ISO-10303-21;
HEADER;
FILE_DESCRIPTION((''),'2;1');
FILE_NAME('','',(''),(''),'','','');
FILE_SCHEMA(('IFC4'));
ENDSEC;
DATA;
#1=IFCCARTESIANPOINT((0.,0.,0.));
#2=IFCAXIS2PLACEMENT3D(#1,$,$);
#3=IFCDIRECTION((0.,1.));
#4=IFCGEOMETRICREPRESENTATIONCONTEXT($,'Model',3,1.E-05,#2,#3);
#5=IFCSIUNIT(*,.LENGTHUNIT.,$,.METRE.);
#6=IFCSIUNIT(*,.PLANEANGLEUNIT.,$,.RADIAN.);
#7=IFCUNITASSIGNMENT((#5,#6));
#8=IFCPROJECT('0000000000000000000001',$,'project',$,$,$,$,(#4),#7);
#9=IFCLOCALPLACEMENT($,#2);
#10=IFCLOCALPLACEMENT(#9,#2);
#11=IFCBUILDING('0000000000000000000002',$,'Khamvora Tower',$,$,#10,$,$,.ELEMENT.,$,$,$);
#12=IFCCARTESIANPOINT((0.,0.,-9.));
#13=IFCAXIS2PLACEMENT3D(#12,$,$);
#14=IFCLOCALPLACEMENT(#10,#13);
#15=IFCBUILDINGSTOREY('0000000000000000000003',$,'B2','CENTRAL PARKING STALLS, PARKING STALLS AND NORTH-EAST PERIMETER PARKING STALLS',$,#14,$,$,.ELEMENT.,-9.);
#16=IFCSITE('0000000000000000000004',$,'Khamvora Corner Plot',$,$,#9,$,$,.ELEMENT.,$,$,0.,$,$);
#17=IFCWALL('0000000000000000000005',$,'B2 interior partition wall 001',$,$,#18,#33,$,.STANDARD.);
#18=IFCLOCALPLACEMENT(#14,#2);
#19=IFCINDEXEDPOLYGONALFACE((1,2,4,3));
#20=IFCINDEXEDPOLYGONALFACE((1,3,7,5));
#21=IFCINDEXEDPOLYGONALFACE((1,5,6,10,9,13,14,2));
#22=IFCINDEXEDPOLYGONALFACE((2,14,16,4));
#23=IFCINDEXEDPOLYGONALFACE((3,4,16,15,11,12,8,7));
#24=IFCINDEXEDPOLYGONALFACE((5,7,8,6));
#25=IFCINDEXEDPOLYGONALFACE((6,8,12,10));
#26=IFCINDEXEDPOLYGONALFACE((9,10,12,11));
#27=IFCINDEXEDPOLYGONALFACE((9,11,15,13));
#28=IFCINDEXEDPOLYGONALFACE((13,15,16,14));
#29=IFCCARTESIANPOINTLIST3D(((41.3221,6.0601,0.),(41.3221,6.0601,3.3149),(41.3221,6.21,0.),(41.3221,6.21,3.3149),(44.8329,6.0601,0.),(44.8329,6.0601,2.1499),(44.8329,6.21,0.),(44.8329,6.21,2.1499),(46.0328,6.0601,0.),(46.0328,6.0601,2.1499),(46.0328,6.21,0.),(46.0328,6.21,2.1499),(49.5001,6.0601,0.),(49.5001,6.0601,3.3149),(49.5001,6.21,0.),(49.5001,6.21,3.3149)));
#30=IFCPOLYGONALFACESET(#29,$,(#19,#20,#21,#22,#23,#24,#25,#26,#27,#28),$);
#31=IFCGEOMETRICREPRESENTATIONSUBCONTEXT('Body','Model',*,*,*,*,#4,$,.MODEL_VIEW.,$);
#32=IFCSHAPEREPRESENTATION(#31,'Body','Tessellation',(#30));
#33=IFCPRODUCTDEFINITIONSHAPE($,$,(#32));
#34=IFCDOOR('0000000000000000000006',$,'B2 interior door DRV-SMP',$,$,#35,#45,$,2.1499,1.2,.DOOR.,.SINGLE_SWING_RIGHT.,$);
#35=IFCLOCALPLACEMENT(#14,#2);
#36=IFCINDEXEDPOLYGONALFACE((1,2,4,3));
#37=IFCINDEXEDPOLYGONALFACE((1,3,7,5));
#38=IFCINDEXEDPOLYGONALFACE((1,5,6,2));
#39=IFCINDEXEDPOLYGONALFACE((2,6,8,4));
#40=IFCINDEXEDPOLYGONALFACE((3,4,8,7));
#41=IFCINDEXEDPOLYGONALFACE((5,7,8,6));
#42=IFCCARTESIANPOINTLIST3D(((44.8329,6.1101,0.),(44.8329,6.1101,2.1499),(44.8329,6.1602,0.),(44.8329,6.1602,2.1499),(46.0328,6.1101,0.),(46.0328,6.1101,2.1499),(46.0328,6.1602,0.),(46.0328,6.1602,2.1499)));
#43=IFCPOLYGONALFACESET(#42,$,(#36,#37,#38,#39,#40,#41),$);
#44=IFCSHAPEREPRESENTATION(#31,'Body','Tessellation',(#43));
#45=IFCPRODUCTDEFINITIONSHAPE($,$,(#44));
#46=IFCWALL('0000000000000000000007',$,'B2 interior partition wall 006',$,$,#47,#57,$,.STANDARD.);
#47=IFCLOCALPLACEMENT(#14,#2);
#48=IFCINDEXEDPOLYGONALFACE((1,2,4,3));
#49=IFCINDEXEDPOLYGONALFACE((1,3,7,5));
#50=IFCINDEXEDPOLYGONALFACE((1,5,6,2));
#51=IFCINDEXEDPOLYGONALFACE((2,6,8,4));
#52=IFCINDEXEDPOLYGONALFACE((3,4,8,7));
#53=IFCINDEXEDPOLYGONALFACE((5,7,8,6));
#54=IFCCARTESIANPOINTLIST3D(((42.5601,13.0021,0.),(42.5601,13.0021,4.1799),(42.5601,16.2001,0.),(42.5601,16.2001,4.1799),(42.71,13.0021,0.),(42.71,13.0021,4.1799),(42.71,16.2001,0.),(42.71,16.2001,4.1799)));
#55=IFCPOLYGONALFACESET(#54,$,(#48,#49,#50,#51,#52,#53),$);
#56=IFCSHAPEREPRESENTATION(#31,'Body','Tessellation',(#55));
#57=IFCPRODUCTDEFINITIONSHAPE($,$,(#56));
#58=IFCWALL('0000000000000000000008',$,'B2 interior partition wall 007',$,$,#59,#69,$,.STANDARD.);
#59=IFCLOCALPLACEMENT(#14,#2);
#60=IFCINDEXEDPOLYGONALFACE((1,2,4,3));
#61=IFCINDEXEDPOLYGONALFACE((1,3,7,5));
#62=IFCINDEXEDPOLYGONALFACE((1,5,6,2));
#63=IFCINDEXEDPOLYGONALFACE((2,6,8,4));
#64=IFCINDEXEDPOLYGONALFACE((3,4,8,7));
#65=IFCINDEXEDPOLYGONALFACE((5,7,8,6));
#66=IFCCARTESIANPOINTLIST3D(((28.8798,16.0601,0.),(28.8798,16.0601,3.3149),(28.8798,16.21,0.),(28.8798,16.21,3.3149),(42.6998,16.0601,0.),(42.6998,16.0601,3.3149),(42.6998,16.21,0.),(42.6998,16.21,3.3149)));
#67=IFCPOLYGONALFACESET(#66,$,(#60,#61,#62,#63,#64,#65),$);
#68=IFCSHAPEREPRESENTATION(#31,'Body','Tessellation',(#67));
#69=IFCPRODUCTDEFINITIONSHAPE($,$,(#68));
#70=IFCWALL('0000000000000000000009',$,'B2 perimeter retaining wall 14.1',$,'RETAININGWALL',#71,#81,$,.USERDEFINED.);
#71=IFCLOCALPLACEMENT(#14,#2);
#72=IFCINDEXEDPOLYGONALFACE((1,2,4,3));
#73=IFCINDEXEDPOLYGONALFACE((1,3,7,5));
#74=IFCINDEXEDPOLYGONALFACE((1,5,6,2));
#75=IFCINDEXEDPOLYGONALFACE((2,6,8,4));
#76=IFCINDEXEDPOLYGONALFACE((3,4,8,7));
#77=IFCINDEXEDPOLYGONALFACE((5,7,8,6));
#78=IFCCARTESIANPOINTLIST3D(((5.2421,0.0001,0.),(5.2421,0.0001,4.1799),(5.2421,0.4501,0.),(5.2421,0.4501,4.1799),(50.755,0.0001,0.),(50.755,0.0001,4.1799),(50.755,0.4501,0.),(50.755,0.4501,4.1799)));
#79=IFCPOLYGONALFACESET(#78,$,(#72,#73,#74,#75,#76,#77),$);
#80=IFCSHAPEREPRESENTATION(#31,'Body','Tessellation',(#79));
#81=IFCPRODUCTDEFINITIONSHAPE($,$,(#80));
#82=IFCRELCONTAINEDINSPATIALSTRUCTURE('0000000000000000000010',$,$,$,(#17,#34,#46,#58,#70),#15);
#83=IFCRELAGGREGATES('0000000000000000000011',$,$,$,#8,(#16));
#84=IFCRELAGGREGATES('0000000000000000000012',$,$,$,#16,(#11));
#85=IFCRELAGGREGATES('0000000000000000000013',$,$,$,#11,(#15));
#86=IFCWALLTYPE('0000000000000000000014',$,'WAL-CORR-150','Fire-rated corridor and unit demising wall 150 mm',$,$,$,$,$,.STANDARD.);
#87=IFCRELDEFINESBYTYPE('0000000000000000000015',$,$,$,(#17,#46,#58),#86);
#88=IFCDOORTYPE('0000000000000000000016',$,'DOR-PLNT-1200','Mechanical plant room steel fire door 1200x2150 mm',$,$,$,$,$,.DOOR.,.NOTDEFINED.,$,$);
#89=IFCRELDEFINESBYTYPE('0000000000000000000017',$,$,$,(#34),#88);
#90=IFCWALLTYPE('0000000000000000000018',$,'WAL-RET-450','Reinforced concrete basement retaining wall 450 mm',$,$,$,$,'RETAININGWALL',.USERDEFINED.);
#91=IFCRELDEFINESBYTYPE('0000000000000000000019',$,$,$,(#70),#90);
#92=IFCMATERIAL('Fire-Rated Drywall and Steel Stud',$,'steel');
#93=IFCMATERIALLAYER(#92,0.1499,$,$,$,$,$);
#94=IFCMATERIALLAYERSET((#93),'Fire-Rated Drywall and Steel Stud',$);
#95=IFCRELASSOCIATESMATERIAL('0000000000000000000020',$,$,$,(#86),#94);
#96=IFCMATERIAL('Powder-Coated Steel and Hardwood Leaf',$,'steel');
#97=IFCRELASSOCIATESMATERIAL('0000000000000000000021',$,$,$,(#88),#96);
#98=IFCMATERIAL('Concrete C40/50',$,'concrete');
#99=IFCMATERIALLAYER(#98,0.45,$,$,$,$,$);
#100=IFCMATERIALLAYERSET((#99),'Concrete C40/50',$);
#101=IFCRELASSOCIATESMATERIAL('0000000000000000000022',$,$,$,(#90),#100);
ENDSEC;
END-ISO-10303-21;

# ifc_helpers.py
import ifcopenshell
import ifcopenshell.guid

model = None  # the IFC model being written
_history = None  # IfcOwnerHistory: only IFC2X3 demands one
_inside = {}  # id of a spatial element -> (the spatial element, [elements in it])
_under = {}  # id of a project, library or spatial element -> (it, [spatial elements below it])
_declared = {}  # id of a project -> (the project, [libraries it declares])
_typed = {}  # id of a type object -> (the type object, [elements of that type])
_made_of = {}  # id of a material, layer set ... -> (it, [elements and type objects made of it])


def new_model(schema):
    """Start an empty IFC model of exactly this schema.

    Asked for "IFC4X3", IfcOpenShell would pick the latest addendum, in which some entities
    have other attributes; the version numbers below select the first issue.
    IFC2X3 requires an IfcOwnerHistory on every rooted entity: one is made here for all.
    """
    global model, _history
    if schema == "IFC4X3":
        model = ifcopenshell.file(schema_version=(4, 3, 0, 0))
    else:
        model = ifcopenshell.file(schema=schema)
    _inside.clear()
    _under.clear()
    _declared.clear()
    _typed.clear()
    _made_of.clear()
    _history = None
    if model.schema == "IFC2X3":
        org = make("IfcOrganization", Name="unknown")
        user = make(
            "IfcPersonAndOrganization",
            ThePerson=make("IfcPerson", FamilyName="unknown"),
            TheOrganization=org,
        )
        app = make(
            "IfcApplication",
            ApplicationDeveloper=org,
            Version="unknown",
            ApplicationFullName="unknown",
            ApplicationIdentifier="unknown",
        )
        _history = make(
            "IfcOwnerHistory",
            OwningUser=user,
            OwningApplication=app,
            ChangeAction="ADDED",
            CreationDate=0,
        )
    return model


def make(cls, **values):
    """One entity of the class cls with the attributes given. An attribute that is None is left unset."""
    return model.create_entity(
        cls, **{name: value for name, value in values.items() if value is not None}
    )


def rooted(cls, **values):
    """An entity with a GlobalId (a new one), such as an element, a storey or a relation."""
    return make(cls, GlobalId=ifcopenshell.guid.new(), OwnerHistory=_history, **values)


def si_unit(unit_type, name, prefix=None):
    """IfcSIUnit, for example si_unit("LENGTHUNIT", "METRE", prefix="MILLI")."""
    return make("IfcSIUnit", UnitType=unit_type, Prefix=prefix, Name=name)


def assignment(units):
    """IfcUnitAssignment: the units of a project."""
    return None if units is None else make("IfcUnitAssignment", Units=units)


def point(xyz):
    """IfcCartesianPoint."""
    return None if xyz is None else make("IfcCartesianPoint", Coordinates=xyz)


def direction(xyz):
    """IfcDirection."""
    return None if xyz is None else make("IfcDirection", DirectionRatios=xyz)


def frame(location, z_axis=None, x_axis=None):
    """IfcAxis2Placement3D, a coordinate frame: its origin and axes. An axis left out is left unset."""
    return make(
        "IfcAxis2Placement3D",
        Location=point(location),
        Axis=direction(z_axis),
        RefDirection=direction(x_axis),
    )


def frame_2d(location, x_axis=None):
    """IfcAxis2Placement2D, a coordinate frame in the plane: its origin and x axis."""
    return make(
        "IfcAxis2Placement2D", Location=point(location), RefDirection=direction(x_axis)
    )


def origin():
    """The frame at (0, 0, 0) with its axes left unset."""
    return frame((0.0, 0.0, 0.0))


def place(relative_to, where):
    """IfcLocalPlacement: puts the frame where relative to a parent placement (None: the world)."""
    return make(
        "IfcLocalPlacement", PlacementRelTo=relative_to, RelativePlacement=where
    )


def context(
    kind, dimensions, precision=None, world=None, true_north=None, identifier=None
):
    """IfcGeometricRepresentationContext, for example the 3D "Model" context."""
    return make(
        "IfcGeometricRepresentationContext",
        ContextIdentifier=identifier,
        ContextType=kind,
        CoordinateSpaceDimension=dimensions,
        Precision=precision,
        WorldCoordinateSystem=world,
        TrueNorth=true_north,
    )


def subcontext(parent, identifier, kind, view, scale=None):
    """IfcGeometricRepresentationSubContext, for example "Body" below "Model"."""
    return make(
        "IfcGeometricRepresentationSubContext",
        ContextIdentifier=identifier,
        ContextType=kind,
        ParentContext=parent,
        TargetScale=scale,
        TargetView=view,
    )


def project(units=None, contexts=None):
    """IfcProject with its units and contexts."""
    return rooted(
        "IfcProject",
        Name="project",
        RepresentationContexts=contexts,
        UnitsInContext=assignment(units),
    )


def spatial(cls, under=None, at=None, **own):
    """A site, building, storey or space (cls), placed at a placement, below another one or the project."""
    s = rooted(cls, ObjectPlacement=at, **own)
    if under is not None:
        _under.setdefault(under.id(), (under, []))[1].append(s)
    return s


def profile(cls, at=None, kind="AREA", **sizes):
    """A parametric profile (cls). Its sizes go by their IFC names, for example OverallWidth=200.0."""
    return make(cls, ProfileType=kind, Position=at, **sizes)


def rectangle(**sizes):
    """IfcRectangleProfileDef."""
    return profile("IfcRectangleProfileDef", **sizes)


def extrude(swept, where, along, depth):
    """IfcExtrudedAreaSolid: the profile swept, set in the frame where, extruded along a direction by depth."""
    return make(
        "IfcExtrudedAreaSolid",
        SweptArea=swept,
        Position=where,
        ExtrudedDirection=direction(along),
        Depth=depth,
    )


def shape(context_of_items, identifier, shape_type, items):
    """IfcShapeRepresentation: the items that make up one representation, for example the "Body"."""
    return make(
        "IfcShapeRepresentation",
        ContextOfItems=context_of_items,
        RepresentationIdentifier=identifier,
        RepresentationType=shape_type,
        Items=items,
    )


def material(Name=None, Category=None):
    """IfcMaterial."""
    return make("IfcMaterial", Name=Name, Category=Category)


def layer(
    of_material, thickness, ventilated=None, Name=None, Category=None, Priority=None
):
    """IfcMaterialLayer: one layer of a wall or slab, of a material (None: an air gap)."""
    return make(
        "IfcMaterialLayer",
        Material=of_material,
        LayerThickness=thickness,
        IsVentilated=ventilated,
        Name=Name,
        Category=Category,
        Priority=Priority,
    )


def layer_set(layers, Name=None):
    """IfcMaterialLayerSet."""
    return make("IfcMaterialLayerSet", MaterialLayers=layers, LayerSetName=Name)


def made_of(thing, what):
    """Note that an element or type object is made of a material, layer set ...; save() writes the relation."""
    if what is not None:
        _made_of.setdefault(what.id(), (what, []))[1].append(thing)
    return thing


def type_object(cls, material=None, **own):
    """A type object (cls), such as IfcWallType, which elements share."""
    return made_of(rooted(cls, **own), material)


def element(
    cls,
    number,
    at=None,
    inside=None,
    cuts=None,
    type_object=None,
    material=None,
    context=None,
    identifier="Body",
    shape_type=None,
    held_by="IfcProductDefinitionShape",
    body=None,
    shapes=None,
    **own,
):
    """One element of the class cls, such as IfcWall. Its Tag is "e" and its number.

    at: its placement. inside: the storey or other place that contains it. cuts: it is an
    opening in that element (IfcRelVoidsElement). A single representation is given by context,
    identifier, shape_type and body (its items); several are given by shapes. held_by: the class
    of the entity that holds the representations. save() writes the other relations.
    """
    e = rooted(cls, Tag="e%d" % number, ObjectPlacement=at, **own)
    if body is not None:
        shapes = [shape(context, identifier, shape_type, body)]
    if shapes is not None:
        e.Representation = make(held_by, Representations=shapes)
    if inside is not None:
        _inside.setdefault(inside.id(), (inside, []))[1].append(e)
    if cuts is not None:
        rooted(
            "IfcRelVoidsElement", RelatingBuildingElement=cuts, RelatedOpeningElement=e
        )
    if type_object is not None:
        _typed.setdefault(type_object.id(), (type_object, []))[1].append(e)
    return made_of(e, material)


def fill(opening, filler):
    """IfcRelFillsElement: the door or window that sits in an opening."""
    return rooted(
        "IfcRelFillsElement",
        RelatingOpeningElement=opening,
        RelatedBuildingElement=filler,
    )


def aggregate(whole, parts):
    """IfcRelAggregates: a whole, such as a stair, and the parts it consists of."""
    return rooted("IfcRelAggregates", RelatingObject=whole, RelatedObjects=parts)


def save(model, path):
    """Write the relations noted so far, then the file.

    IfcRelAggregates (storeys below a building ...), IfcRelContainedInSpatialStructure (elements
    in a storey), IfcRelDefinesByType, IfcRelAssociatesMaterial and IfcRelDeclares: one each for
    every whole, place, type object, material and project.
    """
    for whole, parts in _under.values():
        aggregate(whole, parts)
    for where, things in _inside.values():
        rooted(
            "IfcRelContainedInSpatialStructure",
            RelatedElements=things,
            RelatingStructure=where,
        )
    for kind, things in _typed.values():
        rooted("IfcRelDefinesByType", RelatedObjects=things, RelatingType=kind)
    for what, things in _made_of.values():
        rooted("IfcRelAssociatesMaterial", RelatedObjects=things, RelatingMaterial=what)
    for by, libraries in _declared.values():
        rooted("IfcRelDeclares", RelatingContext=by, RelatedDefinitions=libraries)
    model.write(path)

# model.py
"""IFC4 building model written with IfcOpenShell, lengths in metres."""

from ifc_helpers import new_model, si_unit, direction, frame, frame_2d, origin, place, context, subcontext, project, spatial, rectangle, extrude, material, layer, layer_set, type_object, element, fill, save


model = new_model("IFC4")

# Units and contexts
model_context = context("Model", 3, precision=1e-05, world=origin(), true_north=direction((0.0, 1.0)))
body_context = subcontext(model_context, "Body", "Model", "MODEL_VIEW")
ifc_project = project(units=[si_unit("LENGTHUNIT", "METRE"), si_unit("PLANEANGLEUNIT", "RADIAN")], contexts=[model_context])

# Site, building, storey
site_placement = place(None, origin())
site = spatial("IfcSite", under=ifc_project, at=site_placement, Name="Khamvora Corner Plot", CompositionType="ELEMENT", RefElevation=0.0)
building_placement = place(site_placement, origin())
building = spatial("IfcBuilding", under=site, at=building_placement, Name="Khamvora Tower", CompositionType="ELEMENT")
storey_placement = place(building_placement, frame((0.0, 0.0, -9.0)))
storey = spatial("IfcBuildingStorey", under=building, at=storey_placement, Name="B2", Description="CENTRAL PARKING STALLS, PARKING STALLS AND NORTH-EAST PERIMETER PARKING STALLS", CompositionType="ELEMENT", Elevation=-9.0)

# Shared definitions
ifc_material_1 = material(Name="Concrete C40/50", Category="concrete")

# Wall, opening, door
ifc_material_2 = material(Name="Fire-Rated Drywall and Steel Stud", Category="steel")
ifc_layer_1 = layer(ifc_material_2, 0.1499)
ifc_layer_set_1 = layer_set([ifc_layer_1], Name="Fire-Rated Drywall and Steel Stud")
wall_type_1 = type_object("IfcWallType", Name="WAL-CORR-150", Description="Fire-rated corridor and unit demising wall 150 mm", PredefinedType="STANDARD", material=ifc_layer_set_1)
wall_1_placement = place(storey_placement, frame((49.5, 6.135, 0.0), z_axis=(0.0, 0.0, 1.0), x_axis=(-1.0, 0.0, 0.0)))
wall_1 = element("IfcWall", 1, at=wall_1_placement, inside=storey, type_object=wall_type_1, Name="B2 interior partition wall 001", PredefinedType="STANDARD", context=body_context, shape_type="SweptSolid", body=[
    extrude(rectangle(XDim=8.178, YDim=0.1499, at=frame_2d((4.0889, 0.0))), origin(), (0.0, 0.0, 1.0), 3.3149),
])
opening_placement = place(wall_1_placement, frame((3.467, 0.0, 0.0)))
opening = element("IfcOpeningElement", 2, at=opening_placement, cuts=wall_1, PredefinedType="OPENING", context=body_context, shape_type="SweptSolid", body=[
    extrude(rectangle(XDim=1.2, YDim=2.1499, at=frame_2d((0.6001, 1.075))), frame((0.0, 0.085, 0.0), z_axis=(0.0, -1.0, 0.0), x_axis=(1.0, 0.0, 0.0)), (0.0, 0.0, 1.0), 0.1699),
])
ifc_material_3 = material(Name="Powder-Coated Steel and Hardwood Leaf", Category="steel")
door_type = type_object("IfcDoorType", Name="DOR-PLNT-1200", Description="Mechanical plant room steel fire door 1200x2150 mm", OperationType="NOTDEFINED", PredefinedType="DOOR", material=ifc_material_3)
door_placement = place(opening_placement, origin())
door = element("IfcDoor", 3, at=door_placement, inside=storey, type_object=door_type, Name="B2 interior door DRV-SMP", OperationType="SINGLE_SWING_RIGHT", OverallHeight=2.1499, OverallWidth=1.2, PredefinedType="DOOR", context=body_context, shape_type="SweptSolid", body=[
    extrude(rectangle(XDim=1.2, YDim=2.1499, at=frame_2d((0.6001, 1.075))), frame((0.0, 0.0249, 0.0), z_axis=(0.0, -1.0, 0.0), x_axis=(1.0, 0.0, 0.0)), (0.0, 0.0, 1.0), 0.05),
])
fill(opening, door)

# Walls
wall_2_placement = place(storey_placement, frame((42.635, 13.002, 0.0), z_axis=(0.0, 0.0, 1.0), x_axis=(0.0, 1.0, 0.0)))
element("IfcWall", 4, at=wall_2_placement, inside=storey, type_object=wall_type_1, Name="B2 interior partition wall 006", PredefinedType="STANDARD", context=body_context, shape_type="SweptSolid", body=[
    extrude(rectangle(XDim=3.198, YDim=0.1499, at=frame_2d((1.5991, 0.0))), origin(), (0.0, 0.0, 1.0), 4.1799),
])
wall_3_placement = place(storey_placement, frame((42.7, 16.135, 0.0), z_axis=(0.0, 0.0, 1.0), x_axis=(-1.0, 0.0, 0.0)))
element("IfcWall", 5, at=wall_3_placement, inside=storey, type_object=wall_type_1, Name="B2 interior partition wall 007", PredefinedType="STANDARD", context=body_context, shape_type="SweptSolid", body=[
    extrude(rectangle(XDim=13.8201, YDim=0.1499, at=frame_2d((6.9102, 0.0))), origin(), (0.0, 0.0, 1.0), 3.3149),
])
ifc_layer_2 = layer(ifc_material_1, 0.45)
ifc_layer_set_2 = layer_set([ifc_layer_2], Name="Concrete C40/50")
wall_type_2 = type_object("IfcWallType", Name="WAL-RET-450", Description="Reinforced concrete basement retaining wall 450 mm", ElementType="RETAININGWALL", PredefinedType="USERDEFINED", material=ifc_layer_set_2)
wall_4_placement = place(storey_placement, frame((50.7549, 0.2251, 0.0), z_axis=(0.0, 0.0, 1.0), x_axis=(-1.0, 0.0, 0.0)))
element("IfcWall", 6, at=wall_4_placement, inside=storey, type_object=wall_type_2, Name="B2 perimeter retaining wall 14.1", ObjectType="RETAININGWALL", PredefinedType="USERDEFINED", context=body_context, shape_type="SweptSolid", body=[
    extrude(rectangle(XDim=45.5129, YDim=0.45, at=frame_2d((22.7563, 0.0))), origin(), (0.0, 0.0, 1.0), 4.1799),
])

save(model, "model.ifc")
